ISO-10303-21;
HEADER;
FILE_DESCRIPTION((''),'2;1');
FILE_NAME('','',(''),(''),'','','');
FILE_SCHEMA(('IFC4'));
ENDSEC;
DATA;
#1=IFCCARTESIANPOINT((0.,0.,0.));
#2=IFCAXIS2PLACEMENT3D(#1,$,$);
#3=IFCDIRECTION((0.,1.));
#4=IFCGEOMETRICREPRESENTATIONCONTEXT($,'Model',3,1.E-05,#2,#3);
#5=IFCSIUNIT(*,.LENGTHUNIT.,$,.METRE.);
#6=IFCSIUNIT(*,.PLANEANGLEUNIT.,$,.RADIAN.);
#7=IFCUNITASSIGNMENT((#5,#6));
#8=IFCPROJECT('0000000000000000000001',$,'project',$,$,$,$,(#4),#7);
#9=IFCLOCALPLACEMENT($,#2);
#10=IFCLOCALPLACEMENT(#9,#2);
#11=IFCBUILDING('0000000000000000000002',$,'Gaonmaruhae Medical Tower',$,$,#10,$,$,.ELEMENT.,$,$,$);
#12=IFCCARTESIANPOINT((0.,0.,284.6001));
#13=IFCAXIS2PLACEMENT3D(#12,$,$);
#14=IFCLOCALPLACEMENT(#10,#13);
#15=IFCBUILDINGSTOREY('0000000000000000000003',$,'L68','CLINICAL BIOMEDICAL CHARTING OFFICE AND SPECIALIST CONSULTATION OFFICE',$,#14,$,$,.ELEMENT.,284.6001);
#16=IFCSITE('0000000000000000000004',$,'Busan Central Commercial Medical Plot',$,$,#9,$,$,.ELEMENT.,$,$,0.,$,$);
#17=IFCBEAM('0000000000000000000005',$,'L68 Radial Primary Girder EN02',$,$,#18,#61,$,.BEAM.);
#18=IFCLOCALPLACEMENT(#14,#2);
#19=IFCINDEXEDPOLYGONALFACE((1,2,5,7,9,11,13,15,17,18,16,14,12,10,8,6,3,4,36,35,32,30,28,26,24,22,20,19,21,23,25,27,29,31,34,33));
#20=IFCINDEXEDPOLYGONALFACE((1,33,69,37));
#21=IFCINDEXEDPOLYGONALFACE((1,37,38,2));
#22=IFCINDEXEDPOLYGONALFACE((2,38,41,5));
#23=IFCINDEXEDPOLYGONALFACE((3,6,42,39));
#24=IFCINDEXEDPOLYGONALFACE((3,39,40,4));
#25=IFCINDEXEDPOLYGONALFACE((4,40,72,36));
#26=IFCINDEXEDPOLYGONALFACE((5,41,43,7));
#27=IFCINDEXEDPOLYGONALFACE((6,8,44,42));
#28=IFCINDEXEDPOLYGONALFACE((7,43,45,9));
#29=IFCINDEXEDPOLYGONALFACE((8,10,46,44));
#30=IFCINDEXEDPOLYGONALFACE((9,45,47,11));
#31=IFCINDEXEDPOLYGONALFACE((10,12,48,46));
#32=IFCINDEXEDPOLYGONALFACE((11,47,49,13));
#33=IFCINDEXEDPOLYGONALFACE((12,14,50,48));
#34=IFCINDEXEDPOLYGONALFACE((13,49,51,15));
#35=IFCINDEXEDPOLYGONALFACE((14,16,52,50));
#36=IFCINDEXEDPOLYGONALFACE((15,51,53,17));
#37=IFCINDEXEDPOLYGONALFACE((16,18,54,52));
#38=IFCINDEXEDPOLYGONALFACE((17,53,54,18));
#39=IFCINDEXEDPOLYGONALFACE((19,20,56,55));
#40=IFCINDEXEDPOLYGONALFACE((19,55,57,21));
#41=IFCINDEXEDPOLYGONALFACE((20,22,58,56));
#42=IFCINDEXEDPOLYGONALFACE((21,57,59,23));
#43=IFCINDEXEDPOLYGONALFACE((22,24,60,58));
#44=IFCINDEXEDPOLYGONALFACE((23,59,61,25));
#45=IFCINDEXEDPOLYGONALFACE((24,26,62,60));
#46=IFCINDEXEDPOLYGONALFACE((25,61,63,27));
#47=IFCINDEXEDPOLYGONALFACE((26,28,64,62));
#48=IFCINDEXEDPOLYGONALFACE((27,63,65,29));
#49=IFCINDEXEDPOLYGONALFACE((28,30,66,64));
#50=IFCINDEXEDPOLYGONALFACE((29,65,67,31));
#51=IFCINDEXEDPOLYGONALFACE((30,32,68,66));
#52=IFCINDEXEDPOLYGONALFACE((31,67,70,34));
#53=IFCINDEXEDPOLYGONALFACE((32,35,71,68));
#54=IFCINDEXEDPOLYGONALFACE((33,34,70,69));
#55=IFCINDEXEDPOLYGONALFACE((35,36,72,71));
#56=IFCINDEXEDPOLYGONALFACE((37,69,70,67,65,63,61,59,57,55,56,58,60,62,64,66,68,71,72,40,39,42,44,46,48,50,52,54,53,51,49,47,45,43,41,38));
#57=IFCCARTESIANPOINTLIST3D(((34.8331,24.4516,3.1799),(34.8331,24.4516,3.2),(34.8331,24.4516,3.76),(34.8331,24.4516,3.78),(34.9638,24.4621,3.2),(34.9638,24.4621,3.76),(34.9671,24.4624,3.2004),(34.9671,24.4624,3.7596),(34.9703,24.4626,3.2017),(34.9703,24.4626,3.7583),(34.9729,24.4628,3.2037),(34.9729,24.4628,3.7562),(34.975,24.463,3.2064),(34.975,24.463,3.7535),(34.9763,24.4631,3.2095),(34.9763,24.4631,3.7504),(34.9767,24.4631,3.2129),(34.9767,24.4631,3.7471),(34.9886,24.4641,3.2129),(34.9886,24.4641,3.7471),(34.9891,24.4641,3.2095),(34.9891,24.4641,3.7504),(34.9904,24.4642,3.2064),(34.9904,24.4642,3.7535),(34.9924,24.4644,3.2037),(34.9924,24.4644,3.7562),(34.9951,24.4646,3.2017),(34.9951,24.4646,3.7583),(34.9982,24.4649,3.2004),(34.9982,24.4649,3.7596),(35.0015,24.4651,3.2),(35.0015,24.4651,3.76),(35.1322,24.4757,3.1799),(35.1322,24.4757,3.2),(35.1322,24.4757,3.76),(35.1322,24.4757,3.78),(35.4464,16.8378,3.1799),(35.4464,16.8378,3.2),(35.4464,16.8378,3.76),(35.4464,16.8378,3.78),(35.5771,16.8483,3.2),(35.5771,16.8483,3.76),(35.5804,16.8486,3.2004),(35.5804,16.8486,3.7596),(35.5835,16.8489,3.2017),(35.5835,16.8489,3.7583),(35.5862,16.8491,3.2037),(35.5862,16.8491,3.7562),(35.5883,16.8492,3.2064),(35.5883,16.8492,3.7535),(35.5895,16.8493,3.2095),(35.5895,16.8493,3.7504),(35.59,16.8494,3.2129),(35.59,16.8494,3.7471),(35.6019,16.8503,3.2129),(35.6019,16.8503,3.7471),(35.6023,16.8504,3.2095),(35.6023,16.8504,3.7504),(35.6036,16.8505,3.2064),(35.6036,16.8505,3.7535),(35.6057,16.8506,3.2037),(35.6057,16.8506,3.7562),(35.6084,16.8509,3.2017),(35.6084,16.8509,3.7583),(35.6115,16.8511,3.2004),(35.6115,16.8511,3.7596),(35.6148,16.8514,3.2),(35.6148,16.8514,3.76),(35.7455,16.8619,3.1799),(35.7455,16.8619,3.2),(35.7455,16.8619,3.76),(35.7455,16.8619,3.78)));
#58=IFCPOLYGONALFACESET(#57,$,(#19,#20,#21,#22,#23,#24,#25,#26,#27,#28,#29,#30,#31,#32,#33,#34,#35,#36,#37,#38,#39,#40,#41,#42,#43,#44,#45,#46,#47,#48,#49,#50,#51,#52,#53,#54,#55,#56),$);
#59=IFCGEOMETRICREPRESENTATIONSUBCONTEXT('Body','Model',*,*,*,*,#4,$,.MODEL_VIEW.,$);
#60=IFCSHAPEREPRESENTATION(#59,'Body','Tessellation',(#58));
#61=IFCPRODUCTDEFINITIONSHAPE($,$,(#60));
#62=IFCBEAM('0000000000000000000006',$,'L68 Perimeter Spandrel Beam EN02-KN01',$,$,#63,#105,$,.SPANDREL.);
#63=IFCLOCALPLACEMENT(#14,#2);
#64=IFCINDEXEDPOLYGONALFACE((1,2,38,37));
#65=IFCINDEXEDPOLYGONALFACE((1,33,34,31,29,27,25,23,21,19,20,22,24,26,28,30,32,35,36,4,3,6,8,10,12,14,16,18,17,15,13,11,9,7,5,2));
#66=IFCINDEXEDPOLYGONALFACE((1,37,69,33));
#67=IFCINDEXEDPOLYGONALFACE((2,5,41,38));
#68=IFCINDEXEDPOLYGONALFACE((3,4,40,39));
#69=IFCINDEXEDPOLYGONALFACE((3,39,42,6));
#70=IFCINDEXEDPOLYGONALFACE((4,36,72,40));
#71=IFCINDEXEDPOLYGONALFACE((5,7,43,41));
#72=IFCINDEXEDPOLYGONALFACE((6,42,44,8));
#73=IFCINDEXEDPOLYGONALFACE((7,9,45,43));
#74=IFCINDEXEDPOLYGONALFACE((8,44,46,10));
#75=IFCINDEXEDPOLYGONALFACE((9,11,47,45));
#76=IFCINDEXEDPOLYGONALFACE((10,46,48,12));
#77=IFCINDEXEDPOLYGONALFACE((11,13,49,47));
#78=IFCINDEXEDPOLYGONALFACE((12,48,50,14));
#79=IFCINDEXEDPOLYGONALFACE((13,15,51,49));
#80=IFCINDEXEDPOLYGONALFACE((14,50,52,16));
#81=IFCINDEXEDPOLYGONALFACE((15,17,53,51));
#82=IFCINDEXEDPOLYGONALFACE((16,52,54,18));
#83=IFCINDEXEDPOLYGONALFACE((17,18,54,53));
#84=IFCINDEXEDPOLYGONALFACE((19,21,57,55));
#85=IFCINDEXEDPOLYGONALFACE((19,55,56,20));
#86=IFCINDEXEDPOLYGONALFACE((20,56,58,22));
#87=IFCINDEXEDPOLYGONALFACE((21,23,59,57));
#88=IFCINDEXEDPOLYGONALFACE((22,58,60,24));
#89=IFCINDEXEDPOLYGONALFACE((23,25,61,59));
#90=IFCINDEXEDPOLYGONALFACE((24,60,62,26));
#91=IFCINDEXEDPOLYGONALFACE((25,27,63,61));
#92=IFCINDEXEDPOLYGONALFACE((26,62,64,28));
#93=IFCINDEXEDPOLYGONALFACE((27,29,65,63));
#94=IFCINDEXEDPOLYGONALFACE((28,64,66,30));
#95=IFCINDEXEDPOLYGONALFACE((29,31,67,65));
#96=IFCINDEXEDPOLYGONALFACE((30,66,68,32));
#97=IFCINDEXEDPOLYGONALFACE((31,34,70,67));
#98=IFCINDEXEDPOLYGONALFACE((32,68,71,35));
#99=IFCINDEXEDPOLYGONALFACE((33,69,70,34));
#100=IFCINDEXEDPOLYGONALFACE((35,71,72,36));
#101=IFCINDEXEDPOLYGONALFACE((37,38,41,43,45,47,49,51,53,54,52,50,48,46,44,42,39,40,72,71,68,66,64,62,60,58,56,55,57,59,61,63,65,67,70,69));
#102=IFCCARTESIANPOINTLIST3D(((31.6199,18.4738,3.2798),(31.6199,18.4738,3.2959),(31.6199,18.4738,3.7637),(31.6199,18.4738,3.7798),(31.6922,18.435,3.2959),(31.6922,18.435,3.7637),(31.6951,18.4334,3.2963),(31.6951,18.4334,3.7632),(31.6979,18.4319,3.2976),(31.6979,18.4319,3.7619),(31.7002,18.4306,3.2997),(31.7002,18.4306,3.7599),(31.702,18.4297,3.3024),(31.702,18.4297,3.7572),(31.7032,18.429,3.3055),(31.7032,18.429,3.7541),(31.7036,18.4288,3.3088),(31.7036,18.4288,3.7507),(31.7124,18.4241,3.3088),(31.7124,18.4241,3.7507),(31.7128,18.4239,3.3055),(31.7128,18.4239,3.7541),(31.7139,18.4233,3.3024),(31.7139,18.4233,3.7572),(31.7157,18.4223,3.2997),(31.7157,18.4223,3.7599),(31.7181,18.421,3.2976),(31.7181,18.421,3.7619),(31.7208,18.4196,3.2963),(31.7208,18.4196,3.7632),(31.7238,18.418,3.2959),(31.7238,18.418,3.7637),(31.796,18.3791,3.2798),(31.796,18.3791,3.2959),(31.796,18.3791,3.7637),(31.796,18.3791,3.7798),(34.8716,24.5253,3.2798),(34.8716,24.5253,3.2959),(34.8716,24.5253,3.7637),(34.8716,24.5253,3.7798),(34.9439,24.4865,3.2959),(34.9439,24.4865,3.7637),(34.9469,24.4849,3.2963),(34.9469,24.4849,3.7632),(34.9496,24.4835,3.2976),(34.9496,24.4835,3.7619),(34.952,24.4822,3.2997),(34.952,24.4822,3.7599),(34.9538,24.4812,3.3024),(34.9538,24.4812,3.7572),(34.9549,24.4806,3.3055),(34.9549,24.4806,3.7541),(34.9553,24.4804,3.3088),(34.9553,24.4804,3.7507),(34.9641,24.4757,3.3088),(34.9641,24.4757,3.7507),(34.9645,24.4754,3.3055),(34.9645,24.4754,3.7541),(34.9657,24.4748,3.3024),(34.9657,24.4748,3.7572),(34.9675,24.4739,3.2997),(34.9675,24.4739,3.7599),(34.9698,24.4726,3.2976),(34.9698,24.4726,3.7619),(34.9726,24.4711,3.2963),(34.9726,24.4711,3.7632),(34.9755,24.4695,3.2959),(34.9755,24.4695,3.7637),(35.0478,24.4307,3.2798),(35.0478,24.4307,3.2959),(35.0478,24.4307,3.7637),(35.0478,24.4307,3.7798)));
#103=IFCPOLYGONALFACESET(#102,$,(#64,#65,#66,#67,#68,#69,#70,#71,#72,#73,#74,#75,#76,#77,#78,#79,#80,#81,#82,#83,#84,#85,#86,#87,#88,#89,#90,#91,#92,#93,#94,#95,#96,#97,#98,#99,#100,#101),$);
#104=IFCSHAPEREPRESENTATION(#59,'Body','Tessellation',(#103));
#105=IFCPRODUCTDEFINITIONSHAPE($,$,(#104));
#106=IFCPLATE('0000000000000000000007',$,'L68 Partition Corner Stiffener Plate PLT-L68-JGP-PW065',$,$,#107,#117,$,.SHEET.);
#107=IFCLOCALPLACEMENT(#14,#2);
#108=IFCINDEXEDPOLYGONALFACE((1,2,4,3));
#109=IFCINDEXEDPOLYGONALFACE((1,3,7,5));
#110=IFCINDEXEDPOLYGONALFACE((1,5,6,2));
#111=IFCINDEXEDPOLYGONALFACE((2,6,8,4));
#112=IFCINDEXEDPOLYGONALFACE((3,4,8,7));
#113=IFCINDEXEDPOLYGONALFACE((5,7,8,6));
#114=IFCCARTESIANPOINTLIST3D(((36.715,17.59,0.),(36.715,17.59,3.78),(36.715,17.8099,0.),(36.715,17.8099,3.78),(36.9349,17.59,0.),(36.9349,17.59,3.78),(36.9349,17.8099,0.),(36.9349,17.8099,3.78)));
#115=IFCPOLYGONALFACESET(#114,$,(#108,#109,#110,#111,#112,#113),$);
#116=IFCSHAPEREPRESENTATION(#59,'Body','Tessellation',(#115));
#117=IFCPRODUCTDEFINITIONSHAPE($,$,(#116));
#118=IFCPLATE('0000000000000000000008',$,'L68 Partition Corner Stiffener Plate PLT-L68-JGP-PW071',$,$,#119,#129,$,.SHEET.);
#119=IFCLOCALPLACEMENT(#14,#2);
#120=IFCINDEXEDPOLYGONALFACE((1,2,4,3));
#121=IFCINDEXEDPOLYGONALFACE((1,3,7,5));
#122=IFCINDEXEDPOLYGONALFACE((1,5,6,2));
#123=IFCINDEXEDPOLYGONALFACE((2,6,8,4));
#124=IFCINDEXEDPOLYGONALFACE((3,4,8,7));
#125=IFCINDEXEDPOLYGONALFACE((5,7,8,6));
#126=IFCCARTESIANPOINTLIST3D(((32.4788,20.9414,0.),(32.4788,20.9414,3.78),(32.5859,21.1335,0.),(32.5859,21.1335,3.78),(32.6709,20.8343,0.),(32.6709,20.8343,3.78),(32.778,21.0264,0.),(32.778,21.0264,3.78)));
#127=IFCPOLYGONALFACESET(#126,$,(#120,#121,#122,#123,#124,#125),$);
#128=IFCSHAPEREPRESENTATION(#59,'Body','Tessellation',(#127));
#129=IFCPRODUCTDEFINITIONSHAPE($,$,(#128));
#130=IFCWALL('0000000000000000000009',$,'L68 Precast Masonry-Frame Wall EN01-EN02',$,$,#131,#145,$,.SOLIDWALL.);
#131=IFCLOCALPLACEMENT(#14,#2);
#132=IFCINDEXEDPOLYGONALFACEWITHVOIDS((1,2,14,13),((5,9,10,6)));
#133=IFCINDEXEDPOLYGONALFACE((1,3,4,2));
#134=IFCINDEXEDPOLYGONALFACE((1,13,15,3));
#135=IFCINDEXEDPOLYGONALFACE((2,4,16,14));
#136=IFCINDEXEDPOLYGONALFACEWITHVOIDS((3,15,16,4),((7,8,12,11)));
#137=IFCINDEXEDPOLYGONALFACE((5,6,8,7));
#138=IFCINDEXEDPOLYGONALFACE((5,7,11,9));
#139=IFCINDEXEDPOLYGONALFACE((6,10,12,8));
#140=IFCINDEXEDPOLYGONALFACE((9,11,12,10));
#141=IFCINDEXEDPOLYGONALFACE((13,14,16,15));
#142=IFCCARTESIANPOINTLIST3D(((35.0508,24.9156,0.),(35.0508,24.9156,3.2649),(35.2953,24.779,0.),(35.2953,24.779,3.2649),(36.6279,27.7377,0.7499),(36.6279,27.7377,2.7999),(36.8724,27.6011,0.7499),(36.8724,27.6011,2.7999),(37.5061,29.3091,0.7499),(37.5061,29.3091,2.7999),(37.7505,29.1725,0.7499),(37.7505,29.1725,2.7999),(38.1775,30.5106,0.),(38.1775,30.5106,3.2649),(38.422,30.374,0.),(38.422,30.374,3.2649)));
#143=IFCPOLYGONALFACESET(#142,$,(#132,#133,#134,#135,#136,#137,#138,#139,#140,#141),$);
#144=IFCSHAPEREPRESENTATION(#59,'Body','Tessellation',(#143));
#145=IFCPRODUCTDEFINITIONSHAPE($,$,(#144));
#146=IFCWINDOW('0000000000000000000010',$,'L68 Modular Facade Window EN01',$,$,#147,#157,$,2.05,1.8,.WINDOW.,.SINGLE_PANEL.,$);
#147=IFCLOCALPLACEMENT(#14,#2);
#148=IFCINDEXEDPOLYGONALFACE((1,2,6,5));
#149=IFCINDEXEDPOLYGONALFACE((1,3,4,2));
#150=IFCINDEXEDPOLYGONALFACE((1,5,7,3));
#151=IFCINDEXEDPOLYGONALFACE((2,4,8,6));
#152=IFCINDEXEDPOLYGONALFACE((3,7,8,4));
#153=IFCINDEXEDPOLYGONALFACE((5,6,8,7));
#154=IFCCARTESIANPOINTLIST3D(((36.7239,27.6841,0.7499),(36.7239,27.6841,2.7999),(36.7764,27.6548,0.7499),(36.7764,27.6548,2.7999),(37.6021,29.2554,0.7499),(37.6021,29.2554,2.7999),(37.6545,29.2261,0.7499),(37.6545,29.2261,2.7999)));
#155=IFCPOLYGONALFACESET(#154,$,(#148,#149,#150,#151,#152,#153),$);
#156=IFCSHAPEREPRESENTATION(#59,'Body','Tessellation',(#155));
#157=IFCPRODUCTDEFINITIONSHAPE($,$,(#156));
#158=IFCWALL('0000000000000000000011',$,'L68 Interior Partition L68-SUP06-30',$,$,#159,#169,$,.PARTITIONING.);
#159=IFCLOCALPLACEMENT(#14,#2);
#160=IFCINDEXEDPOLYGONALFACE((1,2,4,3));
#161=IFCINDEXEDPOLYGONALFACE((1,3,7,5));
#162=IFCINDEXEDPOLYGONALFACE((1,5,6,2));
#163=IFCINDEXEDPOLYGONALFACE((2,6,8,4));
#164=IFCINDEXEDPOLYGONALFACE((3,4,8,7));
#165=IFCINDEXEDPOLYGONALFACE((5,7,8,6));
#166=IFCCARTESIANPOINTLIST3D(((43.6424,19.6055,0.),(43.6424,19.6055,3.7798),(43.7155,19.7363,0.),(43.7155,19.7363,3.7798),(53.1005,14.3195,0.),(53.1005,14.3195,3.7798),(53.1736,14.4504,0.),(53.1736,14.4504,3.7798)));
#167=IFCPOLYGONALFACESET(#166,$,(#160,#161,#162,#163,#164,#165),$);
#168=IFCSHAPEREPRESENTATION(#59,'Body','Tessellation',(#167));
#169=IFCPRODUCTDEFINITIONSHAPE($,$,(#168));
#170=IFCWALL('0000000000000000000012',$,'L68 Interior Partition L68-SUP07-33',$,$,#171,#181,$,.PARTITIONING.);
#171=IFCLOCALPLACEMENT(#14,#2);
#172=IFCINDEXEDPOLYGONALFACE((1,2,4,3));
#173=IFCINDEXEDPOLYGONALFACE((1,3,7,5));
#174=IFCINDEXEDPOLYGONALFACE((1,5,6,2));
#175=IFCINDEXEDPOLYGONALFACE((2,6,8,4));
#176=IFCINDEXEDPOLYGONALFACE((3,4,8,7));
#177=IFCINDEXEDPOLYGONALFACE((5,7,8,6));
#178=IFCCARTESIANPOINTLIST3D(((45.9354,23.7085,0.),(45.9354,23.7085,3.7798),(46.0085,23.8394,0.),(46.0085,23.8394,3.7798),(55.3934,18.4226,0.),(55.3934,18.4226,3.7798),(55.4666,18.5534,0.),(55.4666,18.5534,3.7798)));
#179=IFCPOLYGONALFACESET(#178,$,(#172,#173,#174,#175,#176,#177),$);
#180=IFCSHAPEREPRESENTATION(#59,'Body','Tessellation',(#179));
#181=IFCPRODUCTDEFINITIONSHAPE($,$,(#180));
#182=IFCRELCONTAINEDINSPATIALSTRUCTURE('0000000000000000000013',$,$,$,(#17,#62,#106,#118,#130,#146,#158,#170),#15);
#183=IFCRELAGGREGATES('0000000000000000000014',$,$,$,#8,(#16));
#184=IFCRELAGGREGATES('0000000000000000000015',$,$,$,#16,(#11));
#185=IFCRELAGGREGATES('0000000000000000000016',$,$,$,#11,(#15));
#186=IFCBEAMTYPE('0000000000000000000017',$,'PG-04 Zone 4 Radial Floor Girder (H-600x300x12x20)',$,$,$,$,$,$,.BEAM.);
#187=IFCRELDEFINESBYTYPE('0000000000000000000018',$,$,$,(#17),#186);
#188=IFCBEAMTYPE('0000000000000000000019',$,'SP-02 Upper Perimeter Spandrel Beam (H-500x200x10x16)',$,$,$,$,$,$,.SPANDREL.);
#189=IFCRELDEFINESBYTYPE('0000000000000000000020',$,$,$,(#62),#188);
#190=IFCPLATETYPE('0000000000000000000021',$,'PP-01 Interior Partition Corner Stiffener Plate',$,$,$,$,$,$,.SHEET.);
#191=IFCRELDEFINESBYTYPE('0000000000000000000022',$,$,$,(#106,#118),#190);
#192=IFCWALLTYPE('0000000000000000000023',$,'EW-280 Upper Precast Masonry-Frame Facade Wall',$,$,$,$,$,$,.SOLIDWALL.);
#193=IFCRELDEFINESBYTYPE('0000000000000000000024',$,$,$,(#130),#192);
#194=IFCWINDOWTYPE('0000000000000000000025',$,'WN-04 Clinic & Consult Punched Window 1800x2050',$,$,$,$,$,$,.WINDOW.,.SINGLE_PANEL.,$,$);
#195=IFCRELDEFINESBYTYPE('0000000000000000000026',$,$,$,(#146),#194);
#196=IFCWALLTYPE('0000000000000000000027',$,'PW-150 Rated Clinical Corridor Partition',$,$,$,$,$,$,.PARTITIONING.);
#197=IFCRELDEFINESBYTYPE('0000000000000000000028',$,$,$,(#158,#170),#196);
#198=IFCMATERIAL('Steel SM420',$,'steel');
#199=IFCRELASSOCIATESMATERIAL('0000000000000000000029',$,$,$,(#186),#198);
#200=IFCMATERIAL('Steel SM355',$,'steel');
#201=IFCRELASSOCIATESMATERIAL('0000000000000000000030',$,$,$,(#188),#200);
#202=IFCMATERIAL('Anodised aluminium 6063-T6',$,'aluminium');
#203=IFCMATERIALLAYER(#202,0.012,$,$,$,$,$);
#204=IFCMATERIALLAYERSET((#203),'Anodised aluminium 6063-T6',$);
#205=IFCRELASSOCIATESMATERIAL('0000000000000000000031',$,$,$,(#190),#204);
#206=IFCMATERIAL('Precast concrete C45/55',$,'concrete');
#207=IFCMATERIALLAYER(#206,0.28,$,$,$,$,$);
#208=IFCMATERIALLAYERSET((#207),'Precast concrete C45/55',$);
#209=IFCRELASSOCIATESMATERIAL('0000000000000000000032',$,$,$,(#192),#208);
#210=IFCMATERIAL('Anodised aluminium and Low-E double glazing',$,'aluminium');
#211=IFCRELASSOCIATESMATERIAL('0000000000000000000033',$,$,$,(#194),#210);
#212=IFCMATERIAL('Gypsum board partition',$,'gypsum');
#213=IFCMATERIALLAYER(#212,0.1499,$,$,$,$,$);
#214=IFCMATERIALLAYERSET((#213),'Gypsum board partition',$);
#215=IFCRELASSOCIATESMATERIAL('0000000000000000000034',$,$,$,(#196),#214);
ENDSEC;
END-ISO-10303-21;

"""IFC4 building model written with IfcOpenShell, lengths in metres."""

from ifc_helpers import new_model, si_unit, direction, frame, frame_2d, origin, origin_2d, place, context, subcontext, project, spatial, rectangle, i_section, extrude, material, layer, layer_set, material_profile, profile_set, type_object, element, fill, save


model = new_model("IFC4")

# Units and contexts
model_context = context("Model", 3, precision=1e-05, world=origin(), true_north=direction((0.0, 1.0)))
body_context = subcontext(model_context, "Body", "Model", "MODEL_VIEW")
ifc_project = project(units=[si_unit("LENGTHUNIT", "METRE"), si_unit("PLANEANGLEUNIT", "RADIAN")], contexts=[model_context])

# Site, building, storey
site_placement = place(None, origin())
site = spatial("IfcSite", under=ifc_project, at=site_placement, Name="Busan Central Commercial Medical Plot", CompositionType="ELEMENT", RefElevation=0.0)
building_placement = place(site_placement, origin())
building = spatial("IfcBuilding", under=site, at=building_placement, Name="Gaonmaruhae Medical Tower", CompositionType="ELEMENT")
storey_placement = place(building_placement, frame((0.0, 0.0, 284.6001)))
storey = spatial("IfcBuildingStorey", under=building, at=storey_placement, Name="L68", Description="CLINICAL BIOMEDICAL CHARTING OFFICE AND SPECIALIST CONSULTATION OFFICE", CompositionType="ELEMENT", Elevation=284.6001)

# Beams
ifc_material_1 = material(Name="Steel SM355", Category="steel")
ifc_material_2 = material(Name="Steel SM420", Category="steel")
ifc_material_profile_1 = material_profile(ifc_material_2, i_section(OverallWidth=0.3, OverallDepth=0.6001, WebThickness=0.012, FlangeThickness=0.02, FilletRadius=0.0129, at=origin_2d()), Name="H-600x300x12x20")
ifc_profile_set_1 = profile_set([ifc_material_profile_1], Name="Steel SM420")
beam_type_1 = type_object("IfcBeamType", Name="PG-04 Zone 4 Radial Floor Girder (H-600x300x12x20)", PredefinedType="BEAM", material=ifc_profile_set_1)
beam_1_placement = place(storey_placement, frame((35.5959, 16.8499, 3.48), z_axis=(-0.080289, 0.996772, 0.0), x_axis=(-0.996772, -0.080289, 0.0)))
element("IfcBeam", 1, at=beam_1_placement, inside=storey, type_object=beam_type_1, Name="L68 Radial Primary Girder EN02", PredefinedType="BEAM", context=body_context, shape_type="SweptSolid", body=[
    extrude(i_section(OverallWidth=0.3, OverallDepth=0.6001, WebThickness=0.012, FlangeThickness=0.02, FilletRadius=0.0129, at=origin_2d()), origin(), (0.0, 0.0, 1.0), 7.6384),
])
ifc_material_profile_2 = material_profile(ifc_material_1, i_section(OverallWidth=0.2, OverallDepth=0.5, WebThickness=0.01, FlangeThickness=0.0161, FilletRadius=0.0129, at=origin_2d()), Name="H-500x200x10x16")
ifc_profile_set_2 = profile_set([ifc_material_profile_2], Name="Steel SM355")
beam_type_2 = type_object("IfcBeamType", Name="SP-02 Upper Perimeter Spandrel Beam (H-500x200x10x16)", PredefinedType="SPANDREL", material=ifc_profile_set_2)
beam_2_placement = place(storey_placement, frame((34.9597, 24.478, 3.5298), z_axis=(-0.473332, -0.880884, 0.0), x_axis=(0.880884, -0.473332, 0.0)))
element("IfcBeam", 2, at=beam_2_placement, inside=storey, type_object=beam_type_2, Name="L68 Perimeter Spandrel Beam EN02-KN01", PredefinedType="SPANDREL", context=body_context, shape_type="SweptSolid", body=[
    extrude(i_section(OverallWidth=0.2, OverallDepth=0.5, WebThickness=0.01, FlangeThickness=0.0161, FilletRadius=0.0129, at=origin_2d()), origin(), (0.0, 0.0, 1.0), 6.8699),
])

# Plates
ifc_material_3 = material(Name="Anodised aluminium 6063-T6", Category="aluminium")
ifc_layer_1 = layer(ifc_material_3, 0.012)
ifc_layer_set_1 = layer_set([ifc_layer_1], Name="Anodised aluminium 6063-T6")
plate_type = type_object("IfcPlateType", Name="PP-01 Interior Partition Corner Stiffener Plate", PredefinedType="SHEET", material=ifc_layer_set_1)
for number, where, z_axis, x_axis, name in (
    (3, (36.825, 17.7, 0.0), (0.0, 0.0, 1.0), (1.0, 0.0, 0.0), "L68 Partition Corner Stiffener Plate PLT-L68-JGP-PW065"),
    (4, (32.6284, 20.9839, 0.0), (0.0, 0.0, 1.0), (-0.873381, 0.487037, 0.0), "L68 Partition Corner Stiffener Plate PLT-L68-JGP-PW071"),
):
    element("IfcPlate", number, at=place(storey_placement, frame(where, z_axis=z_axis, x_axis=x_axis)), inside=storey, type_object=plate_type, Name=name, PredefinedType="SHEET", context=body_context, shape_type="SweptSolid", body=[
        extrude(rectangle(XDim=0.22, YDim=0.22, at=origin_2d()), origin(), (0.0, 0.0, 1.0), 3.78),
    ])

# Wall, opening, window
ifc_material_4 = material(Name="Precast concrete C45/55", Category="concrete")
ifc_layer_2 = layer(ifc_material_4, 0.28)
ifc_layer_set_2 = layer_set([ifc_layer_2], Name="Precast concrete C45/55")
wall_type_1 = type_object("IfcWallType", Name="EW-280 Upper Precast Masonry-Frame Facade Wall", PredefinedType="SOLIDWALL", material=ifc_layer_set_2)
wall_1_placement = place(storey_placement, frame((35.1731, 24.8474, 0.0), z_axis=(0.0, 0.0, 1.0), x_axis=(0.487834, 0.872936, 0.0)))
wall_1 = element("IfcWall", 5, at=wall_1_placement, inside=storey, type_object=wall_type_1, Name="L68 Precast Masonry-Frame Wall EN01-EN02", PredefinedType="SOLIDWALL", context=body_context, shape_type="SweptSolid", body=[
    extrude(rectangle(XDim=6.4094, YDim=0.28, at=frame_2d((3.2046, 0.0))), origin(), (0.0, 0.0, 1.0), 3.2649),
])
opening_1_placement = place(wall_1_placement, frame((3.2329, 0.0, 0.75)))
opening_1 = element("IfcOpeningElement", 6, at=opening_1_placement, cuts=wall_1, PredefinedType="OPENING", context=body_context, shape_type="SweptSolid", body=[
    extrude(rectangle(XDim=1.8, YDim=2.05, at=frame_2d((0.8999, 1.0249))), frame((0.0, 0.1499, 0.0), z_axis=(0.0, -1.0, 0.0), x_axis=(1.0, 0.0, 0.0)), (0.0, 0.0, 1.0), 0.3),
])
ifc_material_5 = material(Name="Anodised aluminium and Low-E double glazing", Category="aluminium")
window_type = type_object("IfcWindowType", Name="WN-04 Clinic & Consult Punched Window 1800x2050", PartitioningType="SINGLE_PANEL", PredefinedType="WINDOW", material=ifc_material_5)
window_placement = place(opening_1_placement, origin())
window = element("IfcWindow", 7, at=window_placement, inside=storey, type_object=window_type, Name="L68 Modular Facade Window EN01", OverallHeight=2.05, OverallWidth=1.8, PartitioningType="SINGLE_PANEL", PredefinedType="WINDOW", context=body_context, shape_type="SweptSolid", body=[
    extrude(rectangle(XDim=1.8, YDim=2.05, at=frame_2d((0.8999, 1.0249))), frame((0.0, 0.03, 0.0), z_axis=(0.0, -1.0, 0.0), x_axis=(1.0, 0.0, 0.0)), (0.0, 0.0, 1.0), 0.0601),
])
fill(opening_1, window)

# Wall
ifc_material_6 = material(Name="Gypsum board partition", Category="gypsum")
ifc_layer_3 = layer(ifc_material_6, 0.1499)
ifc_layer_set_3 = layer_set([ifc_layer_3], Name="Gypsum board partition")
wall_type_2 = type_object("IfcWallType", Name="PW-150 Rated Clinical Corridor Partition", PredefinedType="PARTITIONING", material=ifc_layer_set_3)
wall_2_placement = place(storey_placement, frame((43.679, 19.6709, 0.0), z_axis=(0.0, 0.0, 1.0), x_axis=(0.872923, -0.487859, 0.0)))
element("IfcWall", 8, at=wall_2_placement, inside=storey, type_object=wall_type_2, Name="L68 Interior Partition L68-SUP06-30", PredefinedType="PARTITIONING", context=body_context, shape_type="SweptSolid", body=[
    extrude(rectangle(XDim=10.835, YDim=0.1499, at=frame_2d((5.4175, 0.0))), origin(), (0.0, 0.0, 1.0), 3.7798),
])

# Wall
wall_3_placement = place(storey_placement, frame((45.9719, 23.7739, 0.0), z_axis=(0.0, 0.0, 1.0), x_axis=(0.872923, -0.487859, 0.0)))
element("IfcWall", 9, at=wall_3_placement, inside=storey, type_object=wall_type_2, Name="L68 Interior Partition L68-SUP07-33", PredefinedType="PARTITIONING", context=body_context, shape_type="SweptSolid", body=[
    extrude(rectangle(XDim=10.835, YDim=0.1499, at=frame_2d((5.4175, 0.0))), origin(), (0.0, 0.0, 1.0), 3.7798),
])

save(model, "model.ifc")
